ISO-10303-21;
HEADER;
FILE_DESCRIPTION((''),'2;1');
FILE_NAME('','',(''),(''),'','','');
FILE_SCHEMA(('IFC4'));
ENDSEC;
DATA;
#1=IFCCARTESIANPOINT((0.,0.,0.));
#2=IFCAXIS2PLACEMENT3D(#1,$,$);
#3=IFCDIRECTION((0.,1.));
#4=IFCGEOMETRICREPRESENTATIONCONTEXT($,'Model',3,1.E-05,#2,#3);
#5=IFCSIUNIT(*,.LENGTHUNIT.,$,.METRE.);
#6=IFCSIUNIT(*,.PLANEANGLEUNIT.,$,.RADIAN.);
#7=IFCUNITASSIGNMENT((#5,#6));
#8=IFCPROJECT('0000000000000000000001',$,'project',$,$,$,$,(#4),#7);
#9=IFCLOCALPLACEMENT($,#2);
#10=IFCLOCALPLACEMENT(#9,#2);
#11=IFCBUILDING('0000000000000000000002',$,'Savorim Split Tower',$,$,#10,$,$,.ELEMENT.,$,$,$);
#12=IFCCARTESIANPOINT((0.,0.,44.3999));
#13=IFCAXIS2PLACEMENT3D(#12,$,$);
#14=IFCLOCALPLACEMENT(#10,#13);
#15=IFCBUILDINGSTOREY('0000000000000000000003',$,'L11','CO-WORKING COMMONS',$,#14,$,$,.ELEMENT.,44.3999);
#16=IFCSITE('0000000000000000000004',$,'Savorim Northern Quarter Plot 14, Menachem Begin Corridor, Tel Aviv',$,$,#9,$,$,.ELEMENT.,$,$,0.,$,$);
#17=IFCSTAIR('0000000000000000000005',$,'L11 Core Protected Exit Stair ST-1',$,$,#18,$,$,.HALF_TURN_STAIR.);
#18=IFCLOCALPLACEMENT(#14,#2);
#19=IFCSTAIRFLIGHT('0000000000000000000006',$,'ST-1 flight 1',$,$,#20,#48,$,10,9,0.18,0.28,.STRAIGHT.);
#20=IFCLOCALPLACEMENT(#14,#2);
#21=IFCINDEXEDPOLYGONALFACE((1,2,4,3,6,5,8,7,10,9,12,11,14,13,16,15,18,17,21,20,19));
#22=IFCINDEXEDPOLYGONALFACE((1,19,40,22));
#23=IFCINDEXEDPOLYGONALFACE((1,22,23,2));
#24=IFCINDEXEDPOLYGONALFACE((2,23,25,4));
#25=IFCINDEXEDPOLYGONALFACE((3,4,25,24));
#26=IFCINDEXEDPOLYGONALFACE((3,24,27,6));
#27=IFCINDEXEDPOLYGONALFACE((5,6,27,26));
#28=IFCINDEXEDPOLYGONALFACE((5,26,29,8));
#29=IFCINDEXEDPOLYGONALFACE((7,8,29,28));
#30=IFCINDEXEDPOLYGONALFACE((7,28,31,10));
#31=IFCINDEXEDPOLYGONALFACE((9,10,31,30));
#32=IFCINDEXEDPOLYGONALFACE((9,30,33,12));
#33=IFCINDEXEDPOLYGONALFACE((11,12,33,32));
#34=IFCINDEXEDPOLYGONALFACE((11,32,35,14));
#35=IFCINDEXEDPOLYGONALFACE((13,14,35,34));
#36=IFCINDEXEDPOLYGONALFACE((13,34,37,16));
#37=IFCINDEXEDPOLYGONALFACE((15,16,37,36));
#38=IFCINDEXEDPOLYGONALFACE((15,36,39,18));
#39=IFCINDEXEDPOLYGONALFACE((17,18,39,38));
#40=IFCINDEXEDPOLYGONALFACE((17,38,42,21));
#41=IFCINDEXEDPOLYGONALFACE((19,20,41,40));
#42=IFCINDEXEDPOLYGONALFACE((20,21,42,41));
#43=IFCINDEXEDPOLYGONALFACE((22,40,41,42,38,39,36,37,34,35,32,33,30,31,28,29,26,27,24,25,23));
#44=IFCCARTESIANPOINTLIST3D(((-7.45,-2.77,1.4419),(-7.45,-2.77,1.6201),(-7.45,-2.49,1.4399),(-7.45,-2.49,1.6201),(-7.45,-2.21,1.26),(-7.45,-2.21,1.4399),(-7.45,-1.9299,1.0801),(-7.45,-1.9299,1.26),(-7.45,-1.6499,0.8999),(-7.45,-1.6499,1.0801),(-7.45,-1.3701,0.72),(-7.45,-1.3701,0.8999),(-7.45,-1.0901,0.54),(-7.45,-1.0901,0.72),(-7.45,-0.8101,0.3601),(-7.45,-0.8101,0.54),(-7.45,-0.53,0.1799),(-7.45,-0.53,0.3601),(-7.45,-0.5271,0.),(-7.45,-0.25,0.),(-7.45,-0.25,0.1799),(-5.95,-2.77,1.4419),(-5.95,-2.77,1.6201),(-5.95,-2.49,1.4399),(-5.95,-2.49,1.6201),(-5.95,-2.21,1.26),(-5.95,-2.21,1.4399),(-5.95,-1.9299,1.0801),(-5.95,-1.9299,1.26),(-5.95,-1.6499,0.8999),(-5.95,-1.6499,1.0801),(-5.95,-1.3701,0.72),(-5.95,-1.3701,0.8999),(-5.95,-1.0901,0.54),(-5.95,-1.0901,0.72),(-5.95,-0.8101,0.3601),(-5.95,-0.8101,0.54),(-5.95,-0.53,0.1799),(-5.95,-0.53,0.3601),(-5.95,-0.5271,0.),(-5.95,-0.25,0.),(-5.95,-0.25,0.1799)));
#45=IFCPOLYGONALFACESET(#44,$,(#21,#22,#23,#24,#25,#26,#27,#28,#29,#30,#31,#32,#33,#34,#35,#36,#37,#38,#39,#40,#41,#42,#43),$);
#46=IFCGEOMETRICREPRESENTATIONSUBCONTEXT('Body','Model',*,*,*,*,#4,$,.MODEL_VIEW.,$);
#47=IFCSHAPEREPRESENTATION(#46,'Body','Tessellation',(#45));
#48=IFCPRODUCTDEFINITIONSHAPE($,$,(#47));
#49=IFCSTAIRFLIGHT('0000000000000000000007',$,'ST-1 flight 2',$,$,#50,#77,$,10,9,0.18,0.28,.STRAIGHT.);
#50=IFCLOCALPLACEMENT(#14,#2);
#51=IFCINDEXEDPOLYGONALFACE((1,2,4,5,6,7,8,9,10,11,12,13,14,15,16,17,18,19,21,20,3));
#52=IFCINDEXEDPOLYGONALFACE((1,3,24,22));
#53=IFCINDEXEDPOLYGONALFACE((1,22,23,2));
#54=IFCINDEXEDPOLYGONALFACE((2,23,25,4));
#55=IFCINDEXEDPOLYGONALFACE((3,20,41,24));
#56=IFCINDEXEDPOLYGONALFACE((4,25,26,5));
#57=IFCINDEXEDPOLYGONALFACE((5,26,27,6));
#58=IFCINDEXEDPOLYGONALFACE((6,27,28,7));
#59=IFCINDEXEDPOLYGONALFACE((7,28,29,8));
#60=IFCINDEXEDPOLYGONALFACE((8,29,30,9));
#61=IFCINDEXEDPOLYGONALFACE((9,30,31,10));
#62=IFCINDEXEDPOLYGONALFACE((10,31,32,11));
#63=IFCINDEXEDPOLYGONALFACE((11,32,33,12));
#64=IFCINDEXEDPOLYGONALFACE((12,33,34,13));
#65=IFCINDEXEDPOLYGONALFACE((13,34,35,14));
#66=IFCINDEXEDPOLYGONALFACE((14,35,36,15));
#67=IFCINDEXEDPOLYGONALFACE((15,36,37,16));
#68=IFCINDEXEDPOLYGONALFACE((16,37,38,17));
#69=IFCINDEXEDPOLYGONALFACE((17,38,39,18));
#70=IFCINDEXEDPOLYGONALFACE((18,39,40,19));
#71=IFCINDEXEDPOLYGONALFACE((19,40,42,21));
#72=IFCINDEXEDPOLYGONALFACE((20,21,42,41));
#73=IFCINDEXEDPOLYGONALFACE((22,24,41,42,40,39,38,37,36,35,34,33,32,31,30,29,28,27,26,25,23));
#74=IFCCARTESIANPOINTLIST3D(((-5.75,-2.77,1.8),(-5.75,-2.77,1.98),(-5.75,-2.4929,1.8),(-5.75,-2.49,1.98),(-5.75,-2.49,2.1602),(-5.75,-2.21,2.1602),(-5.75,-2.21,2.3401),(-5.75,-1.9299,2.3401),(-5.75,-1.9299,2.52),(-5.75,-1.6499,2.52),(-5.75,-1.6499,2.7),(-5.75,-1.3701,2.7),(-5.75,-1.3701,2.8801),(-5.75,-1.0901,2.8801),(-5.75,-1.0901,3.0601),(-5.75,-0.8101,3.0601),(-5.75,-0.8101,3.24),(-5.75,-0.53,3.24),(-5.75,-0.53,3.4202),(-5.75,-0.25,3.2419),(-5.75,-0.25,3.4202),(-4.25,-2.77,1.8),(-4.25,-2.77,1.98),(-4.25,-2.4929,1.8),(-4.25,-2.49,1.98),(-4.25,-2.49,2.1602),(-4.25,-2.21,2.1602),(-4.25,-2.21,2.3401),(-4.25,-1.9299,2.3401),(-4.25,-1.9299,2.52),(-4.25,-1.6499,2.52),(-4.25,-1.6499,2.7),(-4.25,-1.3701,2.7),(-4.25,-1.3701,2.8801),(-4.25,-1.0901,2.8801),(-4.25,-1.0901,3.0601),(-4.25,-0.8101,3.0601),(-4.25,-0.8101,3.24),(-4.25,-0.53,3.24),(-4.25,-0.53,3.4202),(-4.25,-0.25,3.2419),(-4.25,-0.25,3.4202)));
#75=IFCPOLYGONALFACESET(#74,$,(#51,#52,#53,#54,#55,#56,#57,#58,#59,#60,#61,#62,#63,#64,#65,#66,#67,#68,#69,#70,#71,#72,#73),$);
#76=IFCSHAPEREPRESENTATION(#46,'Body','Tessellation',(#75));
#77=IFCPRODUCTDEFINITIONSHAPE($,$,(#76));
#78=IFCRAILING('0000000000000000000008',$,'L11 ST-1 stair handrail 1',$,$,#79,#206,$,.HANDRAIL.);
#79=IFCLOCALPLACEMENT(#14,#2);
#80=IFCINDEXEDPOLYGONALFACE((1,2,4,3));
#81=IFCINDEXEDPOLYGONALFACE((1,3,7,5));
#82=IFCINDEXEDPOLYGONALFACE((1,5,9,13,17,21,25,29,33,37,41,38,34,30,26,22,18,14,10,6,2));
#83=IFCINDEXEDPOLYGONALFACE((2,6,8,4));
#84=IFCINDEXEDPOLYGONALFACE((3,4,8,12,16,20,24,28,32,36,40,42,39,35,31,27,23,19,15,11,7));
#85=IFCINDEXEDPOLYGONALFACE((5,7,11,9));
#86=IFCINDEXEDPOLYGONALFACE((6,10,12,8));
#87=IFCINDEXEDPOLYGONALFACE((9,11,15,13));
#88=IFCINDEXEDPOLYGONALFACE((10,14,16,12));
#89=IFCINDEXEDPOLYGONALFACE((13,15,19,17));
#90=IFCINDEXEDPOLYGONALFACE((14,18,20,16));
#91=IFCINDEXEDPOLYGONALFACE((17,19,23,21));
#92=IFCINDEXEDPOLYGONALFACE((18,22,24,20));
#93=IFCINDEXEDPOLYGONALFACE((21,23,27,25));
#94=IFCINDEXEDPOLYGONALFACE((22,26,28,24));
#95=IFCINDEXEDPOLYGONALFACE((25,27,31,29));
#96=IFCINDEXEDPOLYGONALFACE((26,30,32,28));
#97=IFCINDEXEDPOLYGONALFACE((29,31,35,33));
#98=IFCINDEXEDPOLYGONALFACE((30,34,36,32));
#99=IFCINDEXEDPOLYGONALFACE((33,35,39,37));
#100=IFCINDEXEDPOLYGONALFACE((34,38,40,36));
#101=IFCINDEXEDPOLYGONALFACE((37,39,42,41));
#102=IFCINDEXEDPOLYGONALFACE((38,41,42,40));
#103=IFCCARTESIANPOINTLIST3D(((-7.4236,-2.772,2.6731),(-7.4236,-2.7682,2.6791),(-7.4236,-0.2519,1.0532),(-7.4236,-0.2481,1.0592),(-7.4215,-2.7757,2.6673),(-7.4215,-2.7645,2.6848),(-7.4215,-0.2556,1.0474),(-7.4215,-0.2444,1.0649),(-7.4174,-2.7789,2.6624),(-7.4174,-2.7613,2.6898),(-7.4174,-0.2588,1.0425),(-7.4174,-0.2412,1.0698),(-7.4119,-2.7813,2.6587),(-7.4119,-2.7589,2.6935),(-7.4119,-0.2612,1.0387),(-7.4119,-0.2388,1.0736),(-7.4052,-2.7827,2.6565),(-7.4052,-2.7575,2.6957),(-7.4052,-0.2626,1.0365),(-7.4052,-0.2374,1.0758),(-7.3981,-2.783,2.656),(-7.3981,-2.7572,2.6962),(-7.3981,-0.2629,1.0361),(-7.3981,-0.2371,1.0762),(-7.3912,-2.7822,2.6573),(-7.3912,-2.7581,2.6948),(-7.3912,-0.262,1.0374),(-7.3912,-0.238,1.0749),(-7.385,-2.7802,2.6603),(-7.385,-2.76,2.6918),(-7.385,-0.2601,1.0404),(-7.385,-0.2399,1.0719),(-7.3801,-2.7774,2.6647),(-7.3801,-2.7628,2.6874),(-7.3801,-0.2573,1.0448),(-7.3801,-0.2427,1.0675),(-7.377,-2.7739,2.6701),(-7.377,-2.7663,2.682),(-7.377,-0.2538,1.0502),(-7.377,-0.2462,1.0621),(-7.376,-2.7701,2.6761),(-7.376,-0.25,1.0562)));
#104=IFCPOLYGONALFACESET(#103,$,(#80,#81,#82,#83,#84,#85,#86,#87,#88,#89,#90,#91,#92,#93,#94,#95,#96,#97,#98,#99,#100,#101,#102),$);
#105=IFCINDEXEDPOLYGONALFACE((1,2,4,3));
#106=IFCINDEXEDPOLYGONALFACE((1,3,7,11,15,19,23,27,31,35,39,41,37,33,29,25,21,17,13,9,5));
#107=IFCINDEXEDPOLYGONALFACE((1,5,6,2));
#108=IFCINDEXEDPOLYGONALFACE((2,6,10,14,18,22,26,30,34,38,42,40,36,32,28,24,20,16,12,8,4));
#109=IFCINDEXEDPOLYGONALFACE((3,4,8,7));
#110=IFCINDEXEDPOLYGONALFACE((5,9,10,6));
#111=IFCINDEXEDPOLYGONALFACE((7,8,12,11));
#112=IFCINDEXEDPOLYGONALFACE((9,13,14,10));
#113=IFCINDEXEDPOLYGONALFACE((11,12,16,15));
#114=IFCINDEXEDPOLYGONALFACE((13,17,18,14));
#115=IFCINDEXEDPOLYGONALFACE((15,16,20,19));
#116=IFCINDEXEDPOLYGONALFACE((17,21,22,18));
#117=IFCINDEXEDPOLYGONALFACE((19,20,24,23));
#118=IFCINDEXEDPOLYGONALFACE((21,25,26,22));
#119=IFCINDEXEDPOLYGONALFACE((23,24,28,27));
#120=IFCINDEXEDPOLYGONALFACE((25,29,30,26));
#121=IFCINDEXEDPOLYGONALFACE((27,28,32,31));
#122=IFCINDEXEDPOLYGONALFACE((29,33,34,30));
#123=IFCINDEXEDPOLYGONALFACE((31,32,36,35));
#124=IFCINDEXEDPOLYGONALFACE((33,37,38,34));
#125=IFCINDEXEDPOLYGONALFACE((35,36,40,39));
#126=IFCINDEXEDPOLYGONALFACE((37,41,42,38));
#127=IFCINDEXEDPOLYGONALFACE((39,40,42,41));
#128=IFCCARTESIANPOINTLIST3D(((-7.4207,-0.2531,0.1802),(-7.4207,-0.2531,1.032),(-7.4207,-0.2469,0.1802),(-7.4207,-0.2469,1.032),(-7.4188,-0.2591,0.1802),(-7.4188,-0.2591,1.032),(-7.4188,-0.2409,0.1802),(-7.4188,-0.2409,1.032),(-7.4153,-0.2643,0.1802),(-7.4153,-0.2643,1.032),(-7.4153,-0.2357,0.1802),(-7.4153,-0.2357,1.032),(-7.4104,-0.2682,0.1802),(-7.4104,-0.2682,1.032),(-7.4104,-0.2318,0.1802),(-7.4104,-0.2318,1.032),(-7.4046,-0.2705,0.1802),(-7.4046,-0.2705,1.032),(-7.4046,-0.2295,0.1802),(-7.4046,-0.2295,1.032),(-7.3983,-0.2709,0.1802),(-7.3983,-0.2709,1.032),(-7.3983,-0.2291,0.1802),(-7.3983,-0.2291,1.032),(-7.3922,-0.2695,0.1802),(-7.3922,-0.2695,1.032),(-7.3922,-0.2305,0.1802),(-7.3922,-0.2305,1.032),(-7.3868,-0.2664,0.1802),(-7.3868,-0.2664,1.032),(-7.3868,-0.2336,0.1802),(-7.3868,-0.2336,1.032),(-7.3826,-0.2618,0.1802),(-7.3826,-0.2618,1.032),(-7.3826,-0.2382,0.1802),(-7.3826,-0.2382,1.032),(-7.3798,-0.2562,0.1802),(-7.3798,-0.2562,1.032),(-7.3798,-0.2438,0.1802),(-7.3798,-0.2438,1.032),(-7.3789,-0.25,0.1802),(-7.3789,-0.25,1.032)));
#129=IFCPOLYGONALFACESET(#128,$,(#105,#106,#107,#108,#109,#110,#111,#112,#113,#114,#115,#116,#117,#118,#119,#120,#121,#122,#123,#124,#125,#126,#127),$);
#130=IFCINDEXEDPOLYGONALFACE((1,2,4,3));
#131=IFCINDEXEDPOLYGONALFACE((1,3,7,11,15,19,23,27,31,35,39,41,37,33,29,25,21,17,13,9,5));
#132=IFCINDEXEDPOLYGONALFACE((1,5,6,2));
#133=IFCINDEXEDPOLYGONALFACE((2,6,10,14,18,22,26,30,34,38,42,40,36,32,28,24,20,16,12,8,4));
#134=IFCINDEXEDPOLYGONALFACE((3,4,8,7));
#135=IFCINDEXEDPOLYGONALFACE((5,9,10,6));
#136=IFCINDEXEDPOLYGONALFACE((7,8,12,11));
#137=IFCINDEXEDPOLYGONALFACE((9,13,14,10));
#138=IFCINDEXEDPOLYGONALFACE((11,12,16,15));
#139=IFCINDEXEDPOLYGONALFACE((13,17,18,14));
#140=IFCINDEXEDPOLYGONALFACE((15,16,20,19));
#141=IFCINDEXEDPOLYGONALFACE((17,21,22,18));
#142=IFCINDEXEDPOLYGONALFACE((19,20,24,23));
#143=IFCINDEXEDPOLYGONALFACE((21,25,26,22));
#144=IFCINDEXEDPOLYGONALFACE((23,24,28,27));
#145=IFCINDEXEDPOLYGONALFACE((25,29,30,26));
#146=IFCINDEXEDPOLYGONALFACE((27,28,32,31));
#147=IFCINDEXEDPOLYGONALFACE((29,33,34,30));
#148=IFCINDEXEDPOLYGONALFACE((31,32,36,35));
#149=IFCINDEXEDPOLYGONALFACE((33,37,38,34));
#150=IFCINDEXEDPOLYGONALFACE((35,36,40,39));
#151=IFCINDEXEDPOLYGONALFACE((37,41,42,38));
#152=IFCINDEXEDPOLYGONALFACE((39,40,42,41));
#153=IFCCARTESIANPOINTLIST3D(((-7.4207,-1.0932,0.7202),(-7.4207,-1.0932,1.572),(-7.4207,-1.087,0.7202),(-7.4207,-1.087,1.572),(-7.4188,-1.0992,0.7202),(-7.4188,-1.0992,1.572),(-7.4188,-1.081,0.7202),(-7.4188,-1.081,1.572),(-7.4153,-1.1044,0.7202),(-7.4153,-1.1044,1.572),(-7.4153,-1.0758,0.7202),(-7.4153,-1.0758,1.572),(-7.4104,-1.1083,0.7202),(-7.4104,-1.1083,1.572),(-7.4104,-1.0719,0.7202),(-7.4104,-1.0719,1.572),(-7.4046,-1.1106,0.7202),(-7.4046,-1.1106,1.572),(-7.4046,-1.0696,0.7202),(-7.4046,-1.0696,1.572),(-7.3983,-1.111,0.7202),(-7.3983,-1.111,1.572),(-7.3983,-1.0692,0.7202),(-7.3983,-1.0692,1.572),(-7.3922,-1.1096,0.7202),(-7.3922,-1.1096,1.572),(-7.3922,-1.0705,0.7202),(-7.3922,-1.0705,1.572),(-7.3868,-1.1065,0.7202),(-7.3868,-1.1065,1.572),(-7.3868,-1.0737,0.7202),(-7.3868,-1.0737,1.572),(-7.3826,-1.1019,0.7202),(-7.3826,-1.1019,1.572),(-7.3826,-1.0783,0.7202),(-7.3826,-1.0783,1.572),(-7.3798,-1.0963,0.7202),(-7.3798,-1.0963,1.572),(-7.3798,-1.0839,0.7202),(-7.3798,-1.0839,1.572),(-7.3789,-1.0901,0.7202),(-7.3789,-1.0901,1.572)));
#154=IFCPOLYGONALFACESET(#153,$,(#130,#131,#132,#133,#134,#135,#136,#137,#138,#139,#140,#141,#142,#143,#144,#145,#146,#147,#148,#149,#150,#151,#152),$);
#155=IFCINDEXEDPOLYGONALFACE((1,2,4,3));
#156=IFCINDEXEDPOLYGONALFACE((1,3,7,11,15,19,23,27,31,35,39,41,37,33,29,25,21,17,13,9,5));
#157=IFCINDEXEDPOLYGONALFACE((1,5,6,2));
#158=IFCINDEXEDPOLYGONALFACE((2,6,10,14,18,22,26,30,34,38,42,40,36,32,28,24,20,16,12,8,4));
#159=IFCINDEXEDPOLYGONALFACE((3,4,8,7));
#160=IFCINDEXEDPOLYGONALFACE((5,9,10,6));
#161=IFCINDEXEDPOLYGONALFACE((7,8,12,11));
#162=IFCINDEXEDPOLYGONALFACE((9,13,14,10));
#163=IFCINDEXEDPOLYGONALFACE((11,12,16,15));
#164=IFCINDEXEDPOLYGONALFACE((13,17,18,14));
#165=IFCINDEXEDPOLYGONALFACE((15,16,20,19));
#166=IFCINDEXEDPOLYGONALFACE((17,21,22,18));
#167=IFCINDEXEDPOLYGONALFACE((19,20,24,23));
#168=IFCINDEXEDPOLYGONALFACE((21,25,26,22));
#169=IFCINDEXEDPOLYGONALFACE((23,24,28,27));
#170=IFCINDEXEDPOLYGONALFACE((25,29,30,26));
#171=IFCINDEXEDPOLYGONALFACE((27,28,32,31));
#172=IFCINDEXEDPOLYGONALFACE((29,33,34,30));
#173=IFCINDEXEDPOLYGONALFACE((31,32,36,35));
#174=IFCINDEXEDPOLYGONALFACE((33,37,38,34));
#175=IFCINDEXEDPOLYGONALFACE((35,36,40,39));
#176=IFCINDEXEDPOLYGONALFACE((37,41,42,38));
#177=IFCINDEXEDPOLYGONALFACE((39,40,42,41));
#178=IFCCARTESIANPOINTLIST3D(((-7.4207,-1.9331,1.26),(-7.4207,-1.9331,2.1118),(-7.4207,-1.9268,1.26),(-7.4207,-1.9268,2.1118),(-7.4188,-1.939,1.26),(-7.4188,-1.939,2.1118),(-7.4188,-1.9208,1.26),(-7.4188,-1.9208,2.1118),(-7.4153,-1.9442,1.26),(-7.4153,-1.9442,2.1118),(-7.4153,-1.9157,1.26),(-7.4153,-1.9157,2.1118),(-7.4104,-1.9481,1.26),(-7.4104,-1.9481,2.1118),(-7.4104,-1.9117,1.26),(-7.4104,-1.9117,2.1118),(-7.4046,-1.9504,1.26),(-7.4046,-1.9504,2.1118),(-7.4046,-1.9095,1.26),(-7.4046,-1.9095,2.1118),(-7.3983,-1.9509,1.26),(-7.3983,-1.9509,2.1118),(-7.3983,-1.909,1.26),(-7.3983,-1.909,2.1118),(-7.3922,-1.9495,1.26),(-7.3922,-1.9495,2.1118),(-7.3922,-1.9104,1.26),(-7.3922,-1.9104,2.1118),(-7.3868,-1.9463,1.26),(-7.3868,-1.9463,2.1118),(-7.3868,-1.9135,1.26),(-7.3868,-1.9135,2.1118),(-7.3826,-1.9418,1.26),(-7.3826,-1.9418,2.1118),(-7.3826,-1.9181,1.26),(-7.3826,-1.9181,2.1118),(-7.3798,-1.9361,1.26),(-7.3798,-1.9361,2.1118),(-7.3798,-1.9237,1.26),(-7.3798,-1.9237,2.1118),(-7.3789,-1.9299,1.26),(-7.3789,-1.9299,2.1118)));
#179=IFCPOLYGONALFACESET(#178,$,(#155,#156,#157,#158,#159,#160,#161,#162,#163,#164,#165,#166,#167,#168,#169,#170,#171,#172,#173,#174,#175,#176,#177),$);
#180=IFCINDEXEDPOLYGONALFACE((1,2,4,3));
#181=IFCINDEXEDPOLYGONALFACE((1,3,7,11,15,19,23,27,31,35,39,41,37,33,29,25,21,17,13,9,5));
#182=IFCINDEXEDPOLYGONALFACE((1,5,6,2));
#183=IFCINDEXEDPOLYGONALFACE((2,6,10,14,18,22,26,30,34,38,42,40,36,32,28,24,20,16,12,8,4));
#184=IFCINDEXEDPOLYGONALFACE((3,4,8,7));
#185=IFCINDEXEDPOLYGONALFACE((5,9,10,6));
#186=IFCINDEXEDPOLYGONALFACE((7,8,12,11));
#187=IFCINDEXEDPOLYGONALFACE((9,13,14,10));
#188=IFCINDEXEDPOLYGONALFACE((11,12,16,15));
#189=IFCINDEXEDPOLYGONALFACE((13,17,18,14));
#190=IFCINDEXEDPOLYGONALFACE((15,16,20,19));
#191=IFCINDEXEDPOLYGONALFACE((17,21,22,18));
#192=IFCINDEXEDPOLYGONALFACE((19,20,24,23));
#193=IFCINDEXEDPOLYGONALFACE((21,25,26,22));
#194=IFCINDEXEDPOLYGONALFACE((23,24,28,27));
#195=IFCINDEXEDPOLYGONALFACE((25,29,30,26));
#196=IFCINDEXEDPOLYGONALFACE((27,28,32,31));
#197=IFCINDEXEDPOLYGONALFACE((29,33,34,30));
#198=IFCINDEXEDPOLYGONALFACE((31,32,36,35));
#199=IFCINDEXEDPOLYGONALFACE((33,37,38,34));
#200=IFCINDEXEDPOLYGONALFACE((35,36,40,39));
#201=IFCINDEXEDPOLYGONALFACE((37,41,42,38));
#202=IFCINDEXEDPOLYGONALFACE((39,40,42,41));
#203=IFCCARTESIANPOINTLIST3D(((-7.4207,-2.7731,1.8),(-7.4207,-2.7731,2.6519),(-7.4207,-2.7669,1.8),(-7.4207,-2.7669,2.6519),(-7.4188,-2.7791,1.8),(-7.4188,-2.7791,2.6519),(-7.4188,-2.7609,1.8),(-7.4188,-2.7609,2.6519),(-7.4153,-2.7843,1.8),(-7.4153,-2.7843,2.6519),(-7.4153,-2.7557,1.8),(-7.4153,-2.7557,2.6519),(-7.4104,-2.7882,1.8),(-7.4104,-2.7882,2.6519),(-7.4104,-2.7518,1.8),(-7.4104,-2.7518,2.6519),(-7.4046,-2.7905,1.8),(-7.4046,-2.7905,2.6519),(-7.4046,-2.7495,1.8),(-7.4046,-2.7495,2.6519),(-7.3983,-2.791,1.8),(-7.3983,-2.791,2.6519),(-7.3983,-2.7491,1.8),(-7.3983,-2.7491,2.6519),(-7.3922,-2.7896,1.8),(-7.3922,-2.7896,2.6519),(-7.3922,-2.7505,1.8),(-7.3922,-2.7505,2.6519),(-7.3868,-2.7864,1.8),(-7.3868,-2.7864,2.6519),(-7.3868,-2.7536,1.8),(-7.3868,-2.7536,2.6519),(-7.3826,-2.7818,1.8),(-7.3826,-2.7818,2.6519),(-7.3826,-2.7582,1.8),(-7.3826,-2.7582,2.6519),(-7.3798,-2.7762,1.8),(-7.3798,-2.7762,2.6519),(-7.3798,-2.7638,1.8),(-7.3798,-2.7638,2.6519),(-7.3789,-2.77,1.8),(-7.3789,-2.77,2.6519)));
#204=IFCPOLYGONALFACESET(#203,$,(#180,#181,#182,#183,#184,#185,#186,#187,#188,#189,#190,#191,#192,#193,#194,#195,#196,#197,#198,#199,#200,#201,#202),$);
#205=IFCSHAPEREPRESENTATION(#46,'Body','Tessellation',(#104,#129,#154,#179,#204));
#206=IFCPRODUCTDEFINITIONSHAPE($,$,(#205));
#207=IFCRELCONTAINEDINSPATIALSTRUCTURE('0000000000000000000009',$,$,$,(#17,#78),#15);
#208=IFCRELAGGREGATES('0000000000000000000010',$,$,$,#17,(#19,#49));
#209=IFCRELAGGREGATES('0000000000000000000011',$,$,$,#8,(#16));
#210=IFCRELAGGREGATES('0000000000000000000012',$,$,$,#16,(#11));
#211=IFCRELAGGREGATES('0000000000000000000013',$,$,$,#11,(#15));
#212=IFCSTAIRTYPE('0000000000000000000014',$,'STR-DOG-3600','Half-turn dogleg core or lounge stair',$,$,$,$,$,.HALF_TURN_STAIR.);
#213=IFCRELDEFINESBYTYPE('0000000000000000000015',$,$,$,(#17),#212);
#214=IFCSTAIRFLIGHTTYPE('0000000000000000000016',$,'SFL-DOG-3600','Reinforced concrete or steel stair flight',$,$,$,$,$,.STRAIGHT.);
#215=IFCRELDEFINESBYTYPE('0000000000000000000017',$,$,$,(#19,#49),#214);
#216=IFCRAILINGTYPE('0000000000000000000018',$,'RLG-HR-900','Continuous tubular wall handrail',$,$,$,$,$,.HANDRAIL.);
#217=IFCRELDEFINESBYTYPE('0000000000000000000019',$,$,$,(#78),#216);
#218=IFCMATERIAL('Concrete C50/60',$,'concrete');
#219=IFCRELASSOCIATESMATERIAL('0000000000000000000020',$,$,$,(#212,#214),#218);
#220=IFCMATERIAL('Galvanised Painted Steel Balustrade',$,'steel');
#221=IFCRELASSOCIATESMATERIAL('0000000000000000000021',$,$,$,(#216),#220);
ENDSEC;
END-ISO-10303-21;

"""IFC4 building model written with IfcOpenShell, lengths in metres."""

from ifc_helpers import new_model, si_unit, direction, frame, origin, origin_2d, place, context, subcontext, project, spatial, polyline, circle, outline, extrude, material, type_object, element, aggregate, save


model = new_model("IFC4")

# Units and contexts
model_context = context("Model", 3, precision=1e-05, world=origin(), true_north=direction((0.0, 1.0)))
body_context = subcontext(model_context, "Body", "Model", "MODEL_VIEW")
ifc_project = project(units=[si_unit("LENGTHUNIT", "METRE"), si_unit("PLANEANGLEUNIT", "RADIAN")], contexts=[model_context])

# Site, building, storey
site_placement = place(None, origin())
site = spatial("IfcSite", under=ifc_project, at=site_placement, Name="Savorim Northern Quarter Plot 14, Menachem Begin Corridor, Tel Aviv", CompositionType="ELEMENT", RefElevation=0.0)
building_placement = place(site_placement, origin())
building = spatial("IfcBuilding", under=site, at=building_placement, Name="Savorim Split Tower", CompositionType="ELEMENT")
storey_placement = place(building_placement, frame((0.0, 0.0, 44.3999)))
storey = spatial("IfcBuildingStorey", under=building, at=storey_placement, Name="L11", Description="CO-WORKING COMMONS", CompositionType="ELEMENT", Elevation=44.3999)

# Shared definitions
ifc_material_1 = material(Name="Concrete C50/60", Category="concrete")

# Stair, stair flights
stair_type = type_object("IfcStairType", Name="STR-DOG-3600", Description="Half-turn dogleg core or lounge stair", PredefinedType="HALF_TURN_STAIR", material=ifc_material_1)
stair_placement = place(storey_placement, origin())
stair = element("IfcStair", 1, at=stair_placement, inside=storey, type_object=stair_type, Name="L11 Core Protected Exit Stair ST-1", PredefinedType="HALF_TURN_STAIR")
stair_flight_type = type_object("IfcStairFlightType", Name="SFL-DOG-3600", Description="Reinforced concrete or steel stair flight", PredefinedType="STRAIGHT", material=ifc_material_1)
stair_flight_1_placement = place(storey_placement, frame((-6.7, -0.25, 0.0), z_axis=(0.0, 0.0, 1.0), x_axis=(0.0, -1.0, 0.0)))
stair_flight_1 = element("IfcStairFlight", 2, at=stair_flight_1_placement, type_object=stair_flight_type, Name="ST-1 flight 1", NumberOfRisers=10, NumberOfTreads=9, PredefinedType="STRAIGHT", RiserHeight=0.18, TreadLength=0.28, context=body_context, shape_type="SweptSolid", body=[
    extrude(outline(polyline([(0.0, 0.0), (0.0, 0.1799), (0.28, 0.1799), (0.28, 0.3601), (0.5601, 0.3601), (0.5601, 0.54), (0.8401, 0.54), (0.8401, 0.72), (1.1201, 0.72), (1.1201, 0.8999), (1.3999, 0.8999), (1.3999, 1.0801), (1.6799, 1.0801), (1.6799, 1.26), (1.96, 1.26), (1.96, 1.4399), (2.24, 1.4399), (2.24, 1.6201), (2.52, 1.6201), (2.52, 1.8), (2.52, 1.4419), (0.2771, 0.0), (0.0, 0.0)])), frame((0.0, 0.75, 0.0), z_axis=(0.0, -1.0, 0.0), x_axis=(1.0, 0.0, 0.0)), (0.0, 0.0, 1.0), 1.5),
])
stair_flight_2_placement = place(storey_placement, frame((-5.0, -2.77, 1.8), z_axis=(0.0, 0.0, 1.0), x_axis=(0.0, 1.0, 0.0)))
stair_flight_2 = element("IfcStairFlight", 3, at=stair_flight_2_placement, type_object=stair_flight_type, Name="ST-1 flight 2", NumberOfRisers=10, NumberOfTreads=9, PredefinedType="STRAIGHT", RiserHeight=0.18, TreadLength=0.28, context=body_context, shape_type="SweptSolid", body=[
    extrude(outline(polyline([(0.0, 0.0), (0.0, 0.1799), (0.28, 0.1799), (0.28, 0.3601), (0.5601, 0.3601), (0.5601, 0.54), (0.8401, 0.54), (0.8401, 0.72), (1.1201, 0.72), (1.1201, 0.8999), (1.3999, 0.8999), (1.3999, 1.0801), (1.6799, 1.0801), (1.6799, 1.26), (1.96, 1.26), (1.96, 1.4399), (2.24, 1.4399), (2.24, 1.6201), (2.52, 1.6201), (2.52, 1.8), (2.52, 1.4419), (0.2771, 0.0), (0.0, 0.0)])), frame((0.0, 0.75, 0.0), z_axis=(0.0, -1.0, 0.0), x_axis=(1.0, 0.0, 0.0)), (0.0, 0.0, 1.0), 1.5),
])
aggregate(stair, [stair_flight_1, stair_flight_2])

# Railing
ifc_material_2 = material(Name="Galvanised Painted Steel Balustrade", Category="steel")
railing_type_1 = type_object("IfcRailingType", Name="RLG-HR-900", Description="Continuous tubular wall handrail", PredefinedType="HANDRAIL", material=ifc_material_2)
railing_1_placement = place(storey_placement, frame((-7.3999, -0.25, 0.1802)))
element("IfcRailing", 4, at=railing_1_placement, inside=storey, type_object=railing_type_1, Name="L11 ST-1 stair handrail 1", PredefinedType="HANDRAIL", context=body_context, shape_type="SweptSolid", body=[
    extrude(circle(Radius=0.0239, at=origin_2d()), frame((0.0, 0.0, 0.876), z_axis=(0.0, -0.8412, 0.540725), x_axis=(1.0, 0.0, 0.0)), (0.0, 0.0, 1.0), 2.9958),
    extrude(circle(Radius=0.021, at=origin_2d()), origin(), (0.0, 0.0, 1.0), 0.8518),
    extrude(circle(Radius=0.021, at=origin_2d()), frame((0.0, -0.8401, 0.54)), (0.0, 0.0, 1.0), 0.8518),
    extrude(circle(Radius=0.021, at=origin_2d()), frame((0.0, -1.6799, 1.0798)), (0.0, 0.0, 1.0), 0.8518),
    extrude(circle(Radius=0.021, at=origin_2d()), frame((0.0, -2.52, 1.6199)), (0.0, 0.0, 1.0), 0.8518),
])

save(model, "model.ifc")
